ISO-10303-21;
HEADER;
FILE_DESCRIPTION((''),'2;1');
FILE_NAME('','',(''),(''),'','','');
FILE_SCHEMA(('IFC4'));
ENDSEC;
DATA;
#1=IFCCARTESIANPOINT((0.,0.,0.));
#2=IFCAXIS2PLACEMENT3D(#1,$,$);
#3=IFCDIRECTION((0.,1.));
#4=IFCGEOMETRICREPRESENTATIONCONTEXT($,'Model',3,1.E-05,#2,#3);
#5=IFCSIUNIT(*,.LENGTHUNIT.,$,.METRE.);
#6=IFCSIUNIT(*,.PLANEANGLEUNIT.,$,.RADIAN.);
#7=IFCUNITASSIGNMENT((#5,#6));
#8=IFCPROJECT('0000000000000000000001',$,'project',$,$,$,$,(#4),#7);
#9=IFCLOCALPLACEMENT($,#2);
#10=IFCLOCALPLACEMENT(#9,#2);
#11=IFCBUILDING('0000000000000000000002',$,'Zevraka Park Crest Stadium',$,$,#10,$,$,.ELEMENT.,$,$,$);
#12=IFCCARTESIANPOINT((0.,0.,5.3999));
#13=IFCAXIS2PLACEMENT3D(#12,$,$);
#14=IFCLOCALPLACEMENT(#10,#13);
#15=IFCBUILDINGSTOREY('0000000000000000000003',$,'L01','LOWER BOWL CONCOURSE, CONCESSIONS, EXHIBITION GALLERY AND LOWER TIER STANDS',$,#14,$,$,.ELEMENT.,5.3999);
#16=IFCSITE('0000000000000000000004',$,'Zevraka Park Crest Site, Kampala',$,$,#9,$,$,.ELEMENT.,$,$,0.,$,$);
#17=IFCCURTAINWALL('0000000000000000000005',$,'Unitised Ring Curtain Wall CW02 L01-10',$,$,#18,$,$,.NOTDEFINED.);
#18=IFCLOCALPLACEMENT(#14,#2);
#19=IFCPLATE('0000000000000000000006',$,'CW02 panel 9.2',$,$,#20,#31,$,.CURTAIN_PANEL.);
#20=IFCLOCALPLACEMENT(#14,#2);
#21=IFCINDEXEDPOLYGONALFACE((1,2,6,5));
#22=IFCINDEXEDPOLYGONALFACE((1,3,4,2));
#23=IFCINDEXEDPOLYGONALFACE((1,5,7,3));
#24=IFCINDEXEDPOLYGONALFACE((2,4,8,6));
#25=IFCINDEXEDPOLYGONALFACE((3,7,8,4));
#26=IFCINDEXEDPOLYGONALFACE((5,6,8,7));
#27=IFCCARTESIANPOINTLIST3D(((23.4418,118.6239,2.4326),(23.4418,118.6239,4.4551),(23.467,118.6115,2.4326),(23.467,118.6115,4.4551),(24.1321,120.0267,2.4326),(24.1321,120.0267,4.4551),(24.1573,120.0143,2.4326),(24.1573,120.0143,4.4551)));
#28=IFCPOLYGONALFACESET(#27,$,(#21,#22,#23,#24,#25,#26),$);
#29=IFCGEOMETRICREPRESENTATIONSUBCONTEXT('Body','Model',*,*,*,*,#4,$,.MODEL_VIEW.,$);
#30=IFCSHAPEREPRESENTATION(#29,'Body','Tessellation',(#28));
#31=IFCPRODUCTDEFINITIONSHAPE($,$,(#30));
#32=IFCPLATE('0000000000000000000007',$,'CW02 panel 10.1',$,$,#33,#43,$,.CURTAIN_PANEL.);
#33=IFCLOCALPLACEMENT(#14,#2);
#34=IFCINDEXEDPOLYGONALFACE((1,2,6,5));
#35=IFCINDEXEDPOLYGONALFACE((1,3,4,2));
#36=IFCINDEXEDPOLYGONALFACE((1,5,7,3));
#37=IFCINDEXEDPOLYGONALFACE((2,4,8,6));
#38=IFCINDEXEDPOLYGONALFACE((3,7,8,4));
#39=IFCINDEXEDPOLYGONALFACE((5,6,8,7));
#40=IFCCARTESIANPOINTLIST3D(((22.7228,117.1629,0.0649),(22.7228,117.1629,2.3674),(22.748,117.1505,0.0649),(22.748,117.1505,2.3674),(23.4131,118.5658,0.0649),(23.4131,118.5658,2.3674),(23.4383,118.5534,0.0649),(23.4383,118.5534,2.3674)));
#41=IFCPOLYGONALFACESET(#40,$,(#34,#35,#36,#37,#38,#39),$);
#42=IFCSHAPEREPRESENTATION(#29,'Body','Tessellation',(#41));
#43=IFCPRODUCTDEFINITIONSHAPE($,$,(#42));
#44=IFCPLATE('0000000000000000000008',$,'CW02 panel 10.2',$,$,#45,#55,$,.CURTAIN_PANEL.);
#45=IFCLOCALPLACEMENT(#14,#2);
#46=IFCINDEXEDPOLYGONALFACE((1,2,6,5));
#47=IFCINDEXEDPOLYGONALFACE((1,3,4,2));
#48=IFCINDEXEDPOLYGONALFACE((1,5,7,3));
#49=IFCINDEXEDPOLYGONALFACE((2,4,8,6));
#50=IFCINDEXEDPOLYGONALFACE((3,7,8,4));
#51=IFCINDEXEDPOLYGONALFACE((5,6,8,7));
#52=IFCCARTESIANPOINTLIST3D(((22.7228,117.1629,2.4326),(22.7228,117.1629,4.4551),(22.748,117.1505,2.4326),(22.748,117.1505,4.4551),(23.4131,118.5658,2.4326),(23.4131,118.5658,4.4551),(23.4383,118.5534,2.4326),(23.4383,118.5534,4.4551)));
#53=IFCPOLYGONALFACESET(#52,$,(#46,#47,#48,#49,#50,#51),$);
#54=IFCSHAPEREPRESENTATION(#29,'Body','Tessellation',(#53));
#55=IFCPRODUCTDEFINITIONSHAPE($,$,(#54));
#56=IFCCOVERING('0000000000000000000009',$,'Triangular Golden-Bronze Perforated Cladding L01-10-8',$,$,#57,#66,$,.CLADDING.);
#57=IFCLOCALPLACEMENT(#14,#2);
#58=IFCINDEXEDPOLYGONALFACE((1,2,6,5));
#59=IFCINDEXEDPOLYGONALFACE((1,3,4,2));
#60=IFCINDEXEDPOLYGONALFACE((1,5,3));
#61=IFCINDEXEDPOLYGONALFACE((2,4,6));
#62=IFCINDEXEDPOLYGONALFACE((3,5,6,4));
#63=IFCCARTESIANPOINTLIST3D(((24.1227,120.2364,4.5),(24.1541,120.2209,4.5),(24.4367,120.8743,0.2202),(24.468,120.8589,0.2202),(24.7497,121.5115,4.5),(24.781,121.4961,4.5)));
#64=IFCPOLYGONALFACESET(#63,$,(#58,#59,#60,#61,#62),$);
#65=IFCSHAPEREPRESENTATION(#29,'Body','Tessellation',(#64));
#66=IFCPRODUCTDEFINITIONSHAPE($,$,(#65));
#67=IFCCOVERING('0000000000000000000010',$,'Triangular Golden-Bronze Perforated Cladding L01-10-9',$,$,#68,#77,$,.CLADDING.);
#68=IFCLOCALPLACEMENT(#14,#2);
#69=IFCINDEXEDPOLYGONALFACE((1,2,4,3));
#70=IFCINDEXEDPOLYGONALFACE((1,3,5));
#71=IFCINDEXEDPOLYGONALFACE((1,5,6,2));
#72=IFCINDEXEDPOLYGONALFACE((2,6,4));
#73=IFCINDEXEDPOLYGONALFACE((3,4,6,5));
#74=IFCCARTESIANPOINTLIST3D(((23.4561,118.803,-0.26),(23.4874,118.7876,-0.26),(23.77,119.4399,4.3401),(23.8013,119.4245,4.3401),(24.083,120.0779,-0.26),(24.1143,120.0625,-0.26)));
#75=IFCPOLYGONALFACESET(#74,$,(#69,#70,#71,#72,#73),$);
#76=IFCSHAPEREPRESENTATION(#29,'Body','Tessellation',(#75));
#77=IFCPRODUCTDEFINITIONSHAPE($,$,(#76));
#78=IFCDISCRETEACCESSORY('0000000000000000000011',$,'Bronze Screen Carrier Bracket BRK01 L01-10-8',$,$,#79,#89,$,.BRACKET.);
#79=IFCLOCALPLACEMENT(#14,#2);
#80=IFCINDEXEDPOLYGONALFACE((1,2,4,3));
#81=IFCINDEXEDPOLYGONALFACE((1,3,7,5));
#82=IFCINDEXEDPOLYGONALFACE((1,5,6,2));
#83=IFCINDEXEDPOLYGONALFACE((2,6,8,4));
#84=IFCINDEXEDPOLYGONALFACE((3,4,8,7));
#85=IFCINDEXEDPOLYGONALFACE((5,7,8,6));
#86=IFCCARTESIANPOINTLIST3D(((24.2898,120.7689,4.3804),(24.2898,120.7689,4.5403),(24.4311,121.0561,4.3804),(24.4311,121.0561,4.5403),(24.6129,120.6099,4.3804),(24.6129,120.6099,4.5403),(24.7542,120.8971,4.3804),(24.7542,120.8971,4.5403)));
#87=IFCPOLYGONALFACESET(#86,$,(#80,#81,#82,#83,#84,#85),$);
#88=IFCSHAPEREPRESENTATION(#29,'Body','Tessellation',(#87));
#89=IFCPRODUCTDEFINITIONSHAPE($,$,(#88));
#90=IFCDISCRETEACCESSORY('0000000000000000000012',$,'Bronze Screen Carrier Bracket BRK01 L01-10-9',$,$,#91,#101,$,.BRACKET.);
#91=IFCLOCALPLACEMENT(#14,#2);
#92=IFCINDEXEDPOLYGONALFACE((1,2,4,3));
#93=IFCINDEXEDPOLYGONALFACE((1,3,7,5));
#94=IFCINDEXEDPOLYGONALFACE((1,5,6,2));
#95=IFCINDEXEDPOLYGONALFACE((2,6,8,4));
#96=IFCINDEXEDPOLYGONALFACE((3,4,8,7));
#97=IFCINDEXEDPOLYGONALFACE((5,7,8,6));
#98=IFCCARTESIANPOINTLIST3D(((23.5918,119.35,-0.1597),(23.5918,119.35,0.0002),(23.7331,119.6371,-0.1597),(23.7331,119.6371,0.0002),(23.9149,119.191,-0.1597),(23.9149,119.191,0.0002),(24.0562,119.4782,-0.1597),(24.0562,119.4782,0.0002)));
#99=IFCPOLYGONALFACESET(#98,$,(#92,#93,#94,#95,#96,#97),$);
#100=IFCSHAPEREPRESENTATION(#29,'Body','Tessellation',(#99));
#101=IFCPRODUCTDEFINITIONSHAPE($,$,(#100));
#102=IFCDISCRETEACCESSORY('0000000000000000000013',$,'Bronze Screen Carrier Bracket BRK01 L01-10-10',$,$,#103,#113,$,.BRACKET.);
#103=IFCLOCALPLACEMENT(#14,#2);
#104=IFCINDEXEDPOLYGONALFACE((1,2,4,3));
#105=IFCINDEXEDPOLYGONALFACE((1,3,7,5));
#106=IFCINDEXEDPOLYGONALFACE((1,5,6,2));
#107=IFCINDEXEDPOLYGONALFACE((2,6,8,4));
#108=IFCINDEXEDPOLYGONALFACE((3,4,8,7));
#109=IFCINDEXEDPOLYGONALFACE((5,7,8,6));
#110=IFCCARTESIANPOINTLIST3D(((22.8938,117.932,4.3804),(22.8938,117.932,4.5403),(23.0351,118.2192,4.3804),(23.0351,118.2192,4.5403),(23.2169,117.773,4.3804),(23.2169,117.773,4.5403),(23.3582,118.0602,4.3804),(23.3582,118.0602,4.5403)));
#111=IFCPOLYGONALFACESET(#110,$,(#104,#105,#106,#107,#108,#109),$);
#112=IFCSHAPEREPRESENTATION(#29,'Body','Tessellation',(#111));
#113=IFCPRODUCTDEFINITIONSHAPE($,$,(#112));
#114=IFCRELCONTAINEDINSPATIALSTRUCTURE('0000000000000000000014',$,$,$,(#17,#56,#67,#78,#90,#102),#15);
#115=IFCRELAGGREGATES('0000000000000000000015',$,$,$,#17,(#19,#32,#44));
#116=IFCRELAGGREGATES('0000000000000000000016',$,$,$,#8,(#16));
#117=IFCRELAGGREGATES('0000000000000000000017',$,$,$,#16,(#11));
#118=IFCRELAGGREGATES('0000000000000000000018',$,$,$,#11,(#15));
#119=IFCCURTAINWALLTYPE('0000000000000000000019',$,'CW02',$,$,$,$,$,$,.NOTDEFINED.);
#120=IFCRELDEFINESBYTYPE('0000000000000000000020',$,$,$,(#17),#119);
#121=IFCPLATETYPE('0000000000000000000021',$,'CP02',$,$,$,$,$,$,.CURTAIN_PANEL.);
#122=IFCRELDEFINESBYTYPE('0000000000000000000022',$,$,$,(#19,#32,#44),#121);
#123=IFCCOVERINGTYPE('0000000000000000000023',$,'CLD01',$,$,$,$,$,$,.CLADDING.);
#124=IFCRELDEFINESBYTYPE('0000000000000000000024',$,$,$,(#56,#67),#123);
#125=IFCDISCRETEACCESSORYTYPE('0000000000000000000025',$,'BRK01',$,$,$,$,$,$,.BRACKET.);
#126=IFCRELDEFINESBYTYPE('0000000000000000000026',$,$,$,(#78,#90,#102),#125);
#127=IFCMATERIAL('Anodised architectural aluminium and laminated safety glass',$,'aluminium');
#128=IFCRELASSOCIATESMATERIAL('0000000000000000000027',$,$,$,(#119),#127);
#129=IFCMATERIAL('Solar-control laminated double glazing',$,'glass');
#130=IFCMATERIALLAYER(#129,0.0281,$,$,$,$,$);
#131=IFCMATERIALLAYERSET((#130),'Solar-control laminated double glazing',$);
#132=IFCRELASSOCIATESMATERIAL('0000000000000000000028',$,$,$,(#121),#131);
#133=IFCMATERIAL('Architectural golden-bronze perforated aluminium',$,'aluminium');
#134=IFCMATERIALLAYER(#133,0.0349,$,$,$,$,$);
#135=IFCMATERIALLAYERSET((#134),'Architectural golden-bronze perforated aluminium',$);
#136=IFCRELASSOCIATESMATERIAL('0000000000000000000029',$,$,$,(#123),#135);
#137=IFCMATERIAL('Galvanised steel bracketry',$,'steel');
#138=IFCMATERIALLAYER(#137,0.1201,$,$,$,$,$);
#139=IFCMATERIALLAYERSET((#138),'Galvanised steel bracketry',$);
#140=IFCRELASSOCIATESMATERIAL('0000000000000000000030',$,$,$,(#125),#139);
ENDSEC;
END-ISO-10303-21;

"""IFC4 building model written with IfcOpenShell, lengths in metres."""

from ifc_helpers import new_model, si_unit, direction, frame, origin, origin_2d, place, context, subcontext, project, spatial, polyline, rectangle, outline, extrude, material, layer, layer_set, type_object, element, aggregate, save


model = new_model("IFC4")

# Units and contexts
model_context = context("Model", 3, precision=1e-05, world=origin(), true_north=direction((0.0, 1.0)))
body_context = subcontext(model_context, "Body", "Model", "MODEL_VIEW")
ifc_project = project(units=[si_unit("LENGTHUNIT", "METRE"), si_unit("PLANEANGLEUNIT", "RADIAN")], contexts=[model_context])

# Site, building, storey
site_placement = place(None, origin())
site = spatial("IfcSite", under=ifc_project, at=site_placement, Name="Zevraka Park Crest Site, Kampala", CompositionType="ELEMENT", RefElevation=0.0)
building_placement = place(site_placement, origin())
building = spatial("IfcBuilding", under=site, at=building_placement, Name="Zevraka Park Crest Stadium", CompositionType="ELEMENT")
storey_placement = place(building_placement, frame((0.0, 0.0, 5.3999)))
storey = spatial("IfcBuildingStorey", under=building, at=storey_placement, Name="L01", Description="LOWER BOWL CONCOURSE, CONCESSIONS, EXHIBITION GALLERY AND LOWER TIER STANDS", CompositionType="ELEMENT", Elevation=5.3999)

# Curtain wall, plates
ifc_material_1 = material(Name="Anodised architectural aluminium and laminated safety glass", Category="aluminium")
curtain_wall_type = type_object("IfcCurtainWallType", Name="CW02", PredefinedType="NOTDEFINED", material=ifc_material_1)
curtain_wall_placement = place(storey_placement, origin())
curtain_wall = element("IfcCurtainWall", 1, at=curtain_wall_placement, inside=storey, type_object=curtain_wall_type, Name="Unitised Ring Curtain Wall CW02 L01-10", PredefinedType="NOTDEFINED")
ifc_material_2 = material(Name="Solar-control laminated double glazing", Category="glass")
ifc_layer_1 = layer(ifc_material_2, 0.0281)
ifc_layer_set_1 = layer_set([ifc_layer_1], Name="Solar-control laminated double glazing")
plate_type = type_object("IfcPlateType", Name="CP02", PredefinedType="CURTAIN_PANEL", material=ifc_layer_set_1)
plate_1_placement = place(storey_placement, frame((23.7996, 119.3191, 2.4326), z_axis=(0.0, 0.0, 1.0), x_axis=(-0.441517, -0.897253, 0.0)))
plate_1 = element("IfcPlate", 2, at=plate_1_placement, type_object=plate_type, Name="CW02 panel 9.2", PredefinedType="CURTAIN_PANEL", context=body_context, shape_type="SweptSolid", body=[
    extrude(rectangle(XDim=1.5635, YDim=0.0281, at=origin_2d()), origin(), (0.0, 0.0, 1.0), 2.0225),
])
plate_2_placement = place(storey_placement, frame((23.0806, 117.8582, 0.0649), z_axis=(0.0, 0.0, 1.0), x_axis=(-0.441517, -0.897253, 0.0)))
plate_2 = element("IfcPlate", 3, at=plate_2_placement, type_object=plate_type, Name="CW02 panel 10.1", PredefinedType="CURTAIN_PANEL", context=body_context, shape_type="SweptSolid", body=[
    extrude(rectangle(XDim=1.5635, YDim=0.0281, at=origin_2d()), origin(), (0.0, 0.0, 1.0), 2.3025),
])
plate_3_placement = place(storey_placement, frame((23.0806, 117.8582, 2.4326), z_axis=(0.0, 0.0, 1.0), x_axis=(-0.441517, -0.897253, 0.0)))
plate_3 = element("IfcPlate", 4, at=plate_3_placement, type_object=plate_type, Name="CW02 panel 10.2", PredefinedType="CURTAIN_PANEL", context=body_context, shape_type="SweptSolid", body=[
    extrude(rectangle(XDim=1.5635, YDim=0.0281, at=origin_2d()), origin(), (0.0, 0.0, 1.0), 2.0225),
])
aggregate(curtain_wall, [plate_1, plate_2, plate_3])

# Coverings
ifc_material_3 = material(Name="Architectural golden-bronze perforated aluminium", Category="aluminium")
ifc_layer_2 = layer(ifc_material_3, 0.0349)
ifc_layer_set_2 = layer_set([ifc_layer_2], Name="Architectural golden-bronze perforated aluminium")
covering_type = type_object("IfcCoveringType", Name="CLD01", PredefinedType="CLADDING", material=ifc_layer_set_2)
covering_1_placement = place(storey_placement, frame((24.1541, 120.2209, 4.5), z_axis=(0.897397, -0.441224, 0.000065), x_axis=(0.441224, 0.897397, 0.0)))
element("IfcCovering", 5, at=covering_1_placement, inside=storey, type_object=covering_type, Name="Triangular Golden-Bronze Perforated Cladding L01-10-8", PredefinedType="CLADDING", context=body_context, shape_type="SweptSolid", body=[
    extrude(outline(polyline([(0.0, 0.0), (1.4209, 0.0), (0.711, -4.2798), (0.0, 0.0)])), origin(), (0.0, 0.0, -1.0), 0.0349),
])
covering_2_placement = place(storey_placement, frame((24.083, 120.0779, -0.26), z_axis=(-0.897363, 0.441292, 0.000142), x_axis=(-0.441292, -0.897363, 0.0)))
element("IfcCovering", 6, at=covering_2_placement, inside=storey, type_object=covering_type, Name="Triangular Golden-Bronze Perforated Cladding L01-10-9", PredefinedType="CLADDING", context=body_context, shape_type="SweptSolid", body=[
    extrude(outline(polyline([(0.0, 0.0), (1.4207, 0.0), (0.7106, 4.6001), (0.0, 0.0)])), origin(), (0.0, 0.0, -1.0), 0.0349),
])

# Discrete accessories
ifc_material_4 = material(Name="Galvanised steel bracketry", Category="steel")
ifc_layer_3 = layer(ifc_material_4, 0.1201)
ifc_layer_set_3 = layer_set([ifc_layer_3], Name="Galvanised steel bracketry")
discrete_accessory_type = type_object("IfcDiscreteAccessoryType", Name="BRK01", PredefinedType="BRACKET", material=ifc_layer_set_3)
for number, where, z_axis, x_axis, name in (
    (7, (24.522, 120.833, 4.3804), (0.0, 0.0, 1.0), (-0.441506, -0.897258, 0.0), "Bronze Screen Carrier Bracket BRK01 L01-10-8"),
    (8, (23.824, 119.4141, -0.1597), (0.0, 0.0, 1.0), (-0.441506, -0.897258, 0.0), "Bronze Screen Carrier Bracket BRK01 L01-10-9"),
    (9, (23.126, 117.9961, 4.3804), (0.0, 0.0, 1.0), (-0.441506, -0.897258, 0.0), "Bronze Screen Carrier Bracket BRK01 L01-10-10"),
):
    element("IfcDiscreteAccessory", number, at=place(storey_placement, frame(where, z_axis=z_axis, x_axis=x_axis)), inside=storey, type_object=discrete_accessory_type, Name=name, PredefinedType="BRACKET", context=body_context, shape_type="SweptSolid", body=[
        extrude(rectangle(XDim=0.3201, YDim=0.3601, at=origin_2d()), origin(), (0.0, 0.0, 1.0), 0.1599),
    ])

save(model, "model.ifc")
